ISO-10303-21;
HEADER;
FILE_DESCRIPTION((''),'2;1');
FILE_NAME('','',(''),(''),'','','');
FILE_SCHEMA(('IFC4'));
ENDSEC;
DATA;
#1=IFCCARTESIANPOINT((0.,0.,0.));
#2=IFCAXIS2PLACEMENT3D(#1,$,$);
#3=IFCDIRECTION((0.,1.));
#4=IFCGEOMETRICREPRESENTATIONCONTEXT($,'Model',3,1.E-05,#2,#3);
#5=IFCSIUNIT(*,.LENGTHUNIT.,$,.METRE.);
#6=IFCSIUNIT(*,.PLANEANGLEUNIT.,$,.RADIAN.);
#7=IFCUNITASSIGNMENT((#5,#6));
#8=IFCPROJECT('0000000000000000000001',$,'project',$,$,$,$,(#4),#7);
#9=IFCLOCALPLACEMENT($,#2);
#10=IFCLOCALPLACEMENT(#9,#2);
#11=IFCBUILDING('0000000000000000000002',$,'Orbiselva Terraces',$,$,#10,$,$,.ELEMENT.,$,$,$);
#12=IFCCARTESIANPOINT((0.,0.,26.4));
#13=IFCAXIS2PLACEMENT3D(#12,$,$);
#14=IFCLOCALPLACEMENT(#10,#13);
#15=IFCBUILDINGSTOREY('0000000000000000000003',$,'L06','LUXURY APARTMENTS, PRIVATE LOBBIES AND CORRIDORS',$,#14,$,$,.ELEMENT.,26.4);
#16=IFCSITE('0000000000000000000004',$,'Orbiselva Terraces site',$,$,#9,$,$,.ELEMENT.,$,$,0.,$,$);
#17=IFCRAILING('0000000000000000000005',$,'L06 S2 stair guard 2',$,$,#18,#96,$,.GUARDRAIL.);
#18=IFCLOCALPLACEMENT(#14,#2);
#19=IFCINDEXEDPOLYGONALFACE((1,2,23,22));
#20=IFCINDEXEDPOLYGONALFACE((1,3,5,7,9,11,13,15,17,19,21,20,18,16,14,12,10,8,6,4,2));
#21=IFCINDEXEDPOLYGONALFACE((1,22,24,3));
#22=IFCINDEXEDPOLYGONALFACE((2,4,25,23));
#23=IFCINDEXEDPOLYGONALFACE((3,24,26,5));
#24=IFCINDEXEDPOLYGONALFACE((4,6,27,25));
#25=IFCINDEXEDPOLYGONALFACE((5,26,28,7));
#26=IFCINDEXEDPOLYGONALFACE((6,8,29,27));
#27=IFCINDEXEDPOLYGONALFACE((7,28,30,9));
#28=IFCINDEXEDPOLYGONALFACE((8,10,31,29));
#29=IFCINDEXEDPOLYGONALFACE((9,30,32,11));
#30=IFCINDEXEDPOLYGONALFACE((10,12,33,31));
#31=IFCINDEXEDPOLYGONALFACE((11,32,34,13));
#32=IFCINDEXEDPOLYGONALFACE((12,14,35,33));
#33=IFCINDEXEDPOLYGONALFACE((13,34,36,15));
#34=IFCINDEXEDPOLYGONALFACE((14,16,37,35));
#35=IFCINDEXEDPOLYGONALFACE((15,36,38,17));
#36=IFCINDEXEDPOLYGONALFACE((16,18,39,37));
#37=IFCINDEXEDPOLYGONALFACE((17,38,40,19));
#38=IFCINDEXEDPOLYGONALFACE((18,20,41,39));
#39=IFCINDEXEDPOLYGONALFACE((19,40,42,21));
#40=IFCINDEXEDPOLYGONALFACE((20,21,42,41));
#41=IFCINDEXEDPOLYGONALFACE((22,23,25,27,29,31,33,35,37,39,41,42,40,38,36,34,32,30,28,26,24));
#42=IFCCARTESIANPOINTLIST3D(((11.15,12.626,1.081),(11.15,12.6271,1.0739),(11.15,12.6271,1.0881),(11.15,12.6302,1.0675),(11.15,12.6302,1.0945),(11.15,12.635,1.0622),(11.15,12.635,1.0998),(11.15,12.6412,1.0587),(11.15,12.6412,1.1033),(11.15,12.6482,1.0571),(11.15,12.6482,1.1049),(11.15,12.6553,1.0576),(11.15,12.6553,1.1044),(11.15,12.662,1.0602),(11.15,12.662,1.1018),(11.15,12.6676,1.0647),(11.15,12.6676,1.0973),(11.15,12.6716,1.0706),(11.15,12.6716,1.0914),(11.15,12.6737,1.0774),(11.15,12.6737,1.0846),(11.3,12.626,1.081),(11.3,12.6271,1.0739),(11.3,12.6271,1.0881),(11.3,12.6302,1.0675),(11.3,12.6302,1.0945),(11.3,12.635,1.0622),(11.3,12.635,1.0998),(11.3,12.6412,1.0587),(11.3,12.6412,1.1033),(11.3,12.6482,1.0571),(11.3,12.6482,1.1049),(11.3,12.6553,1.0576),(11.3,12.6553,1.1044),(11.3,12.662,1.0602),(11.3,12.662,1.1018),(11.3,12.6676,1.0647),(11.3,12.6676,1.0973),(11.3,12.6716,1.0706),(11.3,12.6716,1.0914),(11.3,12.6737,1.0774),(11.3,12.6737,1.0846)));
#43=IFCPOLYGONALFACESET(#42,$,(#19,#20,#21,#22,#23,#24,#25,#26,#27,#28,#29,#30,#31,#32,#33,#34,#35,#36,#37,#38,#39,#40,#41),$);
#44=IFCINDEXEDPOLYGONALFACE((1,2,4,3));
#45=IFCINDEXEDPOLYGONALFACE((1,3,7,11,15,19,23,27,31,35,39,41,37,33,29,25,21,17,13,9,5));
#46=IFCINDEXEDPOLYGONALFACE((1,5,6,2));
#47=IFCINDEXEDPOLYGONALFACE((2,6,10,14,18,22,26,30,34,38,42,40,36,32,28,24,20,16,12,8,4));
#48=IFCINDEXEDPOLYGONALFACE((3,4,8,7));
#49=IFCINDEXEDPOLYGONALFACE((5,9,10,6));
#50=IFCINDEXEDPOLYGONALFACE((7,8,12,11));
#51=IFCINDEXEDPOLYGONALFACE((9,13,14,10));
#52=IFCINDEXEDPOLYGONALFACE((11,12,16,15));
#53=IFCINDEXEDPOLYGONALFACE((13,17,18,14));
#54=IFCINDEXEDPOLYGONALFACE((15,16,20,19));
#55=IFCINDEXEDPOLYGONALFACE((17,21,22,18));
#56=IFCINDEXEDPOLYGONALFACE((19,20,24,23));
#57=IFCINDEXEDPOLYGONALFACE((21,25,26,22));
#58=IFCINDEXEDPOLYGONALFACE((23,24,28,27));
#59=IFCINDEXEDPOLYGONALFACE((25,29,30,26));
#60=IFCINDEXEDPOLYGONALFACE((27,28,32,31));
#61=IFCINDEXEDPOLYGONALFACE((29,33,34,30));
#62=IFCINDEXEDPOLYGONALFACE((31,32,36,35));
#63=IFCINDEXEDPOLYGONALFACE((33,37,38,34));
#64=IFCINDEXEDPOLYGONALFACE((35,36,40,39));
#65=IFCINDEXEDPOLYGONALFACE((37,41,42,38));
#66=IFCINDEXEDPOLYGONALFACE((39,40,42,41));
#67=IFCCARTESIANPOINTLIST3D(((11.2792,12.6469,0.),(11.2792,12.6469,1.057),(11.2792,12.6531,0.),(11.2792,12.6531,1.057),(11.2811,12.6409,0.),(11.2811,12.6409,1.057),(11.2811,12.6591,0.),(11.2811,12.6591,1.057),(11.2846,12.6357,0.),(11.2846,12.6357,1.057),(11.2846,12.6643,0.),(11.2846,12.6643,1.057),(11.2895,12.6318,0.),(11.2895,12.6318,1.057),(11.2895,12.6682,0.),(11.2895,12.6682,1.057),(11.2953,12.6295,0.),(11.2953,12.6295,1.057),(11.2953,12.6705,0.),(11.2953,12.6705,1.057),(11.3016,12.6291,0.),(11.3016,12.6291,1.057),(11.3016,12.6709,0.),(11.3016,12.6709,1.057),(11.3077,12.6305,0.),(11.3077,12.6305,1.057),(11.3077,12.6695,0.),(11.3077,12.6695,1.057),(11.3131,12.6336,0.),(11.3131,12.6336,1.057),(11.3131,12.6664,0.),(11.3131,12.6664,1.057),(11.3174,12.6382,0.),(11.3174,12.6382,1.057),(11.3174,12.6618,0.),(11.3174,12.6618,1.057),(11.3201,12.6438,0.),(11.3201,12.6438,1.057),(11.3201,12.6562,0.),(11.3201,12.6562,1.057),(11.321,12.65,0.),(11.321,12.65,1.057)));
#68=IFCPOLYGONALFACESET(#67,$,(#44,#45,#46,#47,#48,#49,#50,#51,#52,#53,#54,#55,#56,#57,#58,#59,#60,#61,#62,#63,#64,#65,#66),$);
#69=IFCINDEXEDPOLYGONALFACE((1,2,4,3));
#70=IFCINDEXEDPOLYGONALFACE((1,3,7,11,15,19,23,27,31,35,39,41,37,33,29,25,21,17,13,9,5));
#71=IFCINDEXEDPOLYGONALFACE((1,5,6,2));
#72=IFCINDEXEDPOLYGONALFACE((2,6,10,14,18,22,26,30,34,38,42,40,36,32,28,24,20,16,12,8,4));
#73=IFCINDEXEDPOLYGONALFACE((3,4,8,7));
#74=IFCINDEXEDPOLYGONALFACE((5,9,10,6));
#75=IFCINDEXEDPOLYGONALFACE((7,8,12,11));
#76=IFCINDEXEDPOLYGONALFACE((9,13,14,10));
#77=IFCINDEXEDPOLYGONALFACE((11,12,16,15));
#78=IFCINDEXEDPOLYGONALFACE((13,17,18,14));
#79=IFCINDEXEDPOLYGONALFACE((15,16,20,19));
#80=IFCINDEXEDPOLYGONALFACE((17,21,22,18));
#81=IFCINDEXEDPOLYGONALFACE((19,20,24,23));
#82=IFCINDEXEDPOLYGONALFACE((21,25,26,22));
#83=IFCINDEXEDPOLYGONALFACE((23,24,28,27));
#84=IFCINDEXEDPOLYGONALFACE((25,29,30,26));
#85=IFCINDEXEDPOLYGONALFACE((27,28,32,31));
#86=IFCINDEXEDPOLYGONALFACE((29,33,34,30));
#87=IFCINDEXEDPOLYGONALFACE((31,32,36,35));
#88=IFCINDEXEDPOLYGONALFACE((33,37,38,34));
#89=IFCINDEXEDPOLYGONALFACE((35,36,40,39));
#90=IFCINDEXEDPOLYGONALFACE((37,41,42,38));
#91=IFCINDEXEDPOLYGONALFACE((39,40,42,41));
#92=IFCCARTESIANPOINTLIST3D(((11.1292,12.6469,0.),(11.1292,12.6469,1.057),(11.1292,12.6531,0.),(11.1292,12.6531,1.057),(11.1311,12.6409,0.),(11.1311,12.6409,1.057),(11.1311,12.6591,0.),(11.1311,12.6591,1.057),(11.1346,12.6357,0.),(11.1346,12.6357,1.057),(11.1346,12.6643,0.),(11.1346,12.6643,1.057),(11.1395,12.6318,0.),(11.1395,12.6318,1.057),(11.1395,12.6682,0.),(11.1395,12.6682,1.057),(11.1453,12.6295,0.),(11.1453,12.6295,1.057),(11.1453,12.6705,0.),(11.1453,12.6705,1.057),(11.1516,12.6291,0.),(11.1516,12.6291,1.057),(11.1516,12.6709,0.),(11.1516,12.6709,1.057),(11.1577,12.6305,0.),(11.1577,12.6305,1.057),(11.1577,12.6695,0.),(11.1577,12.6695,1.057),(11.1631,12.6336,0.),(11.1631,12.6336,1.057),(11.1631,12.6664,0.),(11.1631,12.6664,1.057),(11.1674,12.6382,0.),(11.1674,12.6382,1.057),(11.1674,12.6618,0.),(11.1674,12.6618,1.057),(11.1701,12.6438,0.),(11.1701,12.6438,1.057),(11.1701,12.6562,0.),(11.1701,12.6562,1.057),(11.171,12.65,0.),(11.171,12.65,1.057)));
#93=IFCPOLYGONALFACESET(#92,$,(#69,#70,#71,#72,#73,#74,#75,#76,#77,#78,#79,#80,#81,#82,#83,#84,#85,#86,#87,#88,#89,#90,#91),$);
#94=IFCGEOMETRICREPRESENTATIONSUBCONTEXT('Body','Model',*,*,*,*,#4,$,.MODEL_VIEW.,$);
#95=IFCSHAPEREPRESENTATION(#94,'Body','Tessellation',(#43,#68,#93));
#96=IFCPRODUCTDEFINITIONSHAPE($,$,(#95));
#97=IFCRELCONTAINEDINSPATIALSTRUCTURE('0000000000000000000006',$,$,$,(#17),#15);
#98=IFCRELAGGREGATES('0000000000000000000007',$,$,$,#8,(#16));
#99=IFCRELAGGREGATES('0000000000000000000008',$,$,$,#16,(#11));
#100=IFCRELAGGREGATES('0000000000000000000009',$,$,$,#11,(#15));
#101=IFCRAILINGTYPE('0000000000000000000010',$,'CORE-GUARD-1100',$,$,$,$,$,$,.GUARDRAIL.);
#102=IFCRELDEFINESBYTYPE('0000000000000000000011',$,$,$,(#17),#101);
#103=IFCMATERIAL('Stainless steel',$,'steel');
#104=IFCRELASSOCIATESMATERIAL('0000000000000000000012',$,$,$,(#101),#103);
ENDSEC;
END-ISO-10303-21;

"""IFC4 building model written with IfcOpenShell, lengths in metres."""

from ifc_helpers import new_model, si_unit, direction, frame, origin, origin_2d, place, context, subcontext, project, spatial, circle, extrude, material, type_object, element, save


model = new_model("IFC4")

# Units and contexts
model_context = context("Model", 3, precision=1e-05, world=origin(), true_north=direction((0.0, 1.0)))
body_context = subcontext(model_context, "Body", "Model", "MODEL_VIEW")
ifc_project = project(units=[si_unit("LENGTHUNIT", "METRE"), si_unit("PLANEANGLEUNIT", "RADIAN")], contexts=[model_context])

# Site, building, storey
site_placement = place(None, origin())
site = spatial("IfcSite", under=ifc_project, at=site_placement, Name="Orbiselva Terraces site", CompositionType="ELEMENT", RefElevation=0.0)
building_placement = place(site_placement, origin())
building = spatial("IfcBuilding", under=site, at=building_placement, Name="Orbiselva Terraces", CompositionType="ELEMENT")
storey_placement = place(building_placement, frame((0.0, 0.0, 26.4)))
storey = spatial("IfcBuildingStorey", under=building, at=storey_placement, Name="L06", Description="LUXURY APARTMENTS, PRIVATE LOBBIES AND CORRIDORS", CompositionType="ELEMENT", Elevation=26.4)

# Railing
ifc_material_1 = material(Name="Stainless steel", Category="steel")
railing_type = type_object("IfcRailingType", Name="CORE-GUARD-1100", PredefinedType="GUARDRAIL", material=ifc_material_1)
railing_1_placement = place(storey_placement, frame((11.3, 12.65, 0.0)))
element("IfcRailing", 1, at=railing_1_placement, inside=storey, type_object=railing_type, Name="L06 S2 stair guard 2", PredefinedType="GUARDRAIL", context=body_context, shape_type="SweptSolid", body=[
    extrude(circle(Radius=0.024, at=origin_2d()), frame((0.0, 0.0, 1.081), z_axis=(-1.0, 0.0, 0.0), x_axis=(0.0, -1.0, 0.0)), (0.0, 0.0, 1.0), 0.15),
    extrude(circle(Radius=0.021, at=origin_2d()), origin(), (0.0, 0.0, 1.0), 1.057),
    extrude(circle(Radius=0.021, at=origin_2d()), frame((-0.15, 0.0, 0.0)), (0.0, 0.0, 1.0), 1.057),
])

save(model, "model.ifc")
